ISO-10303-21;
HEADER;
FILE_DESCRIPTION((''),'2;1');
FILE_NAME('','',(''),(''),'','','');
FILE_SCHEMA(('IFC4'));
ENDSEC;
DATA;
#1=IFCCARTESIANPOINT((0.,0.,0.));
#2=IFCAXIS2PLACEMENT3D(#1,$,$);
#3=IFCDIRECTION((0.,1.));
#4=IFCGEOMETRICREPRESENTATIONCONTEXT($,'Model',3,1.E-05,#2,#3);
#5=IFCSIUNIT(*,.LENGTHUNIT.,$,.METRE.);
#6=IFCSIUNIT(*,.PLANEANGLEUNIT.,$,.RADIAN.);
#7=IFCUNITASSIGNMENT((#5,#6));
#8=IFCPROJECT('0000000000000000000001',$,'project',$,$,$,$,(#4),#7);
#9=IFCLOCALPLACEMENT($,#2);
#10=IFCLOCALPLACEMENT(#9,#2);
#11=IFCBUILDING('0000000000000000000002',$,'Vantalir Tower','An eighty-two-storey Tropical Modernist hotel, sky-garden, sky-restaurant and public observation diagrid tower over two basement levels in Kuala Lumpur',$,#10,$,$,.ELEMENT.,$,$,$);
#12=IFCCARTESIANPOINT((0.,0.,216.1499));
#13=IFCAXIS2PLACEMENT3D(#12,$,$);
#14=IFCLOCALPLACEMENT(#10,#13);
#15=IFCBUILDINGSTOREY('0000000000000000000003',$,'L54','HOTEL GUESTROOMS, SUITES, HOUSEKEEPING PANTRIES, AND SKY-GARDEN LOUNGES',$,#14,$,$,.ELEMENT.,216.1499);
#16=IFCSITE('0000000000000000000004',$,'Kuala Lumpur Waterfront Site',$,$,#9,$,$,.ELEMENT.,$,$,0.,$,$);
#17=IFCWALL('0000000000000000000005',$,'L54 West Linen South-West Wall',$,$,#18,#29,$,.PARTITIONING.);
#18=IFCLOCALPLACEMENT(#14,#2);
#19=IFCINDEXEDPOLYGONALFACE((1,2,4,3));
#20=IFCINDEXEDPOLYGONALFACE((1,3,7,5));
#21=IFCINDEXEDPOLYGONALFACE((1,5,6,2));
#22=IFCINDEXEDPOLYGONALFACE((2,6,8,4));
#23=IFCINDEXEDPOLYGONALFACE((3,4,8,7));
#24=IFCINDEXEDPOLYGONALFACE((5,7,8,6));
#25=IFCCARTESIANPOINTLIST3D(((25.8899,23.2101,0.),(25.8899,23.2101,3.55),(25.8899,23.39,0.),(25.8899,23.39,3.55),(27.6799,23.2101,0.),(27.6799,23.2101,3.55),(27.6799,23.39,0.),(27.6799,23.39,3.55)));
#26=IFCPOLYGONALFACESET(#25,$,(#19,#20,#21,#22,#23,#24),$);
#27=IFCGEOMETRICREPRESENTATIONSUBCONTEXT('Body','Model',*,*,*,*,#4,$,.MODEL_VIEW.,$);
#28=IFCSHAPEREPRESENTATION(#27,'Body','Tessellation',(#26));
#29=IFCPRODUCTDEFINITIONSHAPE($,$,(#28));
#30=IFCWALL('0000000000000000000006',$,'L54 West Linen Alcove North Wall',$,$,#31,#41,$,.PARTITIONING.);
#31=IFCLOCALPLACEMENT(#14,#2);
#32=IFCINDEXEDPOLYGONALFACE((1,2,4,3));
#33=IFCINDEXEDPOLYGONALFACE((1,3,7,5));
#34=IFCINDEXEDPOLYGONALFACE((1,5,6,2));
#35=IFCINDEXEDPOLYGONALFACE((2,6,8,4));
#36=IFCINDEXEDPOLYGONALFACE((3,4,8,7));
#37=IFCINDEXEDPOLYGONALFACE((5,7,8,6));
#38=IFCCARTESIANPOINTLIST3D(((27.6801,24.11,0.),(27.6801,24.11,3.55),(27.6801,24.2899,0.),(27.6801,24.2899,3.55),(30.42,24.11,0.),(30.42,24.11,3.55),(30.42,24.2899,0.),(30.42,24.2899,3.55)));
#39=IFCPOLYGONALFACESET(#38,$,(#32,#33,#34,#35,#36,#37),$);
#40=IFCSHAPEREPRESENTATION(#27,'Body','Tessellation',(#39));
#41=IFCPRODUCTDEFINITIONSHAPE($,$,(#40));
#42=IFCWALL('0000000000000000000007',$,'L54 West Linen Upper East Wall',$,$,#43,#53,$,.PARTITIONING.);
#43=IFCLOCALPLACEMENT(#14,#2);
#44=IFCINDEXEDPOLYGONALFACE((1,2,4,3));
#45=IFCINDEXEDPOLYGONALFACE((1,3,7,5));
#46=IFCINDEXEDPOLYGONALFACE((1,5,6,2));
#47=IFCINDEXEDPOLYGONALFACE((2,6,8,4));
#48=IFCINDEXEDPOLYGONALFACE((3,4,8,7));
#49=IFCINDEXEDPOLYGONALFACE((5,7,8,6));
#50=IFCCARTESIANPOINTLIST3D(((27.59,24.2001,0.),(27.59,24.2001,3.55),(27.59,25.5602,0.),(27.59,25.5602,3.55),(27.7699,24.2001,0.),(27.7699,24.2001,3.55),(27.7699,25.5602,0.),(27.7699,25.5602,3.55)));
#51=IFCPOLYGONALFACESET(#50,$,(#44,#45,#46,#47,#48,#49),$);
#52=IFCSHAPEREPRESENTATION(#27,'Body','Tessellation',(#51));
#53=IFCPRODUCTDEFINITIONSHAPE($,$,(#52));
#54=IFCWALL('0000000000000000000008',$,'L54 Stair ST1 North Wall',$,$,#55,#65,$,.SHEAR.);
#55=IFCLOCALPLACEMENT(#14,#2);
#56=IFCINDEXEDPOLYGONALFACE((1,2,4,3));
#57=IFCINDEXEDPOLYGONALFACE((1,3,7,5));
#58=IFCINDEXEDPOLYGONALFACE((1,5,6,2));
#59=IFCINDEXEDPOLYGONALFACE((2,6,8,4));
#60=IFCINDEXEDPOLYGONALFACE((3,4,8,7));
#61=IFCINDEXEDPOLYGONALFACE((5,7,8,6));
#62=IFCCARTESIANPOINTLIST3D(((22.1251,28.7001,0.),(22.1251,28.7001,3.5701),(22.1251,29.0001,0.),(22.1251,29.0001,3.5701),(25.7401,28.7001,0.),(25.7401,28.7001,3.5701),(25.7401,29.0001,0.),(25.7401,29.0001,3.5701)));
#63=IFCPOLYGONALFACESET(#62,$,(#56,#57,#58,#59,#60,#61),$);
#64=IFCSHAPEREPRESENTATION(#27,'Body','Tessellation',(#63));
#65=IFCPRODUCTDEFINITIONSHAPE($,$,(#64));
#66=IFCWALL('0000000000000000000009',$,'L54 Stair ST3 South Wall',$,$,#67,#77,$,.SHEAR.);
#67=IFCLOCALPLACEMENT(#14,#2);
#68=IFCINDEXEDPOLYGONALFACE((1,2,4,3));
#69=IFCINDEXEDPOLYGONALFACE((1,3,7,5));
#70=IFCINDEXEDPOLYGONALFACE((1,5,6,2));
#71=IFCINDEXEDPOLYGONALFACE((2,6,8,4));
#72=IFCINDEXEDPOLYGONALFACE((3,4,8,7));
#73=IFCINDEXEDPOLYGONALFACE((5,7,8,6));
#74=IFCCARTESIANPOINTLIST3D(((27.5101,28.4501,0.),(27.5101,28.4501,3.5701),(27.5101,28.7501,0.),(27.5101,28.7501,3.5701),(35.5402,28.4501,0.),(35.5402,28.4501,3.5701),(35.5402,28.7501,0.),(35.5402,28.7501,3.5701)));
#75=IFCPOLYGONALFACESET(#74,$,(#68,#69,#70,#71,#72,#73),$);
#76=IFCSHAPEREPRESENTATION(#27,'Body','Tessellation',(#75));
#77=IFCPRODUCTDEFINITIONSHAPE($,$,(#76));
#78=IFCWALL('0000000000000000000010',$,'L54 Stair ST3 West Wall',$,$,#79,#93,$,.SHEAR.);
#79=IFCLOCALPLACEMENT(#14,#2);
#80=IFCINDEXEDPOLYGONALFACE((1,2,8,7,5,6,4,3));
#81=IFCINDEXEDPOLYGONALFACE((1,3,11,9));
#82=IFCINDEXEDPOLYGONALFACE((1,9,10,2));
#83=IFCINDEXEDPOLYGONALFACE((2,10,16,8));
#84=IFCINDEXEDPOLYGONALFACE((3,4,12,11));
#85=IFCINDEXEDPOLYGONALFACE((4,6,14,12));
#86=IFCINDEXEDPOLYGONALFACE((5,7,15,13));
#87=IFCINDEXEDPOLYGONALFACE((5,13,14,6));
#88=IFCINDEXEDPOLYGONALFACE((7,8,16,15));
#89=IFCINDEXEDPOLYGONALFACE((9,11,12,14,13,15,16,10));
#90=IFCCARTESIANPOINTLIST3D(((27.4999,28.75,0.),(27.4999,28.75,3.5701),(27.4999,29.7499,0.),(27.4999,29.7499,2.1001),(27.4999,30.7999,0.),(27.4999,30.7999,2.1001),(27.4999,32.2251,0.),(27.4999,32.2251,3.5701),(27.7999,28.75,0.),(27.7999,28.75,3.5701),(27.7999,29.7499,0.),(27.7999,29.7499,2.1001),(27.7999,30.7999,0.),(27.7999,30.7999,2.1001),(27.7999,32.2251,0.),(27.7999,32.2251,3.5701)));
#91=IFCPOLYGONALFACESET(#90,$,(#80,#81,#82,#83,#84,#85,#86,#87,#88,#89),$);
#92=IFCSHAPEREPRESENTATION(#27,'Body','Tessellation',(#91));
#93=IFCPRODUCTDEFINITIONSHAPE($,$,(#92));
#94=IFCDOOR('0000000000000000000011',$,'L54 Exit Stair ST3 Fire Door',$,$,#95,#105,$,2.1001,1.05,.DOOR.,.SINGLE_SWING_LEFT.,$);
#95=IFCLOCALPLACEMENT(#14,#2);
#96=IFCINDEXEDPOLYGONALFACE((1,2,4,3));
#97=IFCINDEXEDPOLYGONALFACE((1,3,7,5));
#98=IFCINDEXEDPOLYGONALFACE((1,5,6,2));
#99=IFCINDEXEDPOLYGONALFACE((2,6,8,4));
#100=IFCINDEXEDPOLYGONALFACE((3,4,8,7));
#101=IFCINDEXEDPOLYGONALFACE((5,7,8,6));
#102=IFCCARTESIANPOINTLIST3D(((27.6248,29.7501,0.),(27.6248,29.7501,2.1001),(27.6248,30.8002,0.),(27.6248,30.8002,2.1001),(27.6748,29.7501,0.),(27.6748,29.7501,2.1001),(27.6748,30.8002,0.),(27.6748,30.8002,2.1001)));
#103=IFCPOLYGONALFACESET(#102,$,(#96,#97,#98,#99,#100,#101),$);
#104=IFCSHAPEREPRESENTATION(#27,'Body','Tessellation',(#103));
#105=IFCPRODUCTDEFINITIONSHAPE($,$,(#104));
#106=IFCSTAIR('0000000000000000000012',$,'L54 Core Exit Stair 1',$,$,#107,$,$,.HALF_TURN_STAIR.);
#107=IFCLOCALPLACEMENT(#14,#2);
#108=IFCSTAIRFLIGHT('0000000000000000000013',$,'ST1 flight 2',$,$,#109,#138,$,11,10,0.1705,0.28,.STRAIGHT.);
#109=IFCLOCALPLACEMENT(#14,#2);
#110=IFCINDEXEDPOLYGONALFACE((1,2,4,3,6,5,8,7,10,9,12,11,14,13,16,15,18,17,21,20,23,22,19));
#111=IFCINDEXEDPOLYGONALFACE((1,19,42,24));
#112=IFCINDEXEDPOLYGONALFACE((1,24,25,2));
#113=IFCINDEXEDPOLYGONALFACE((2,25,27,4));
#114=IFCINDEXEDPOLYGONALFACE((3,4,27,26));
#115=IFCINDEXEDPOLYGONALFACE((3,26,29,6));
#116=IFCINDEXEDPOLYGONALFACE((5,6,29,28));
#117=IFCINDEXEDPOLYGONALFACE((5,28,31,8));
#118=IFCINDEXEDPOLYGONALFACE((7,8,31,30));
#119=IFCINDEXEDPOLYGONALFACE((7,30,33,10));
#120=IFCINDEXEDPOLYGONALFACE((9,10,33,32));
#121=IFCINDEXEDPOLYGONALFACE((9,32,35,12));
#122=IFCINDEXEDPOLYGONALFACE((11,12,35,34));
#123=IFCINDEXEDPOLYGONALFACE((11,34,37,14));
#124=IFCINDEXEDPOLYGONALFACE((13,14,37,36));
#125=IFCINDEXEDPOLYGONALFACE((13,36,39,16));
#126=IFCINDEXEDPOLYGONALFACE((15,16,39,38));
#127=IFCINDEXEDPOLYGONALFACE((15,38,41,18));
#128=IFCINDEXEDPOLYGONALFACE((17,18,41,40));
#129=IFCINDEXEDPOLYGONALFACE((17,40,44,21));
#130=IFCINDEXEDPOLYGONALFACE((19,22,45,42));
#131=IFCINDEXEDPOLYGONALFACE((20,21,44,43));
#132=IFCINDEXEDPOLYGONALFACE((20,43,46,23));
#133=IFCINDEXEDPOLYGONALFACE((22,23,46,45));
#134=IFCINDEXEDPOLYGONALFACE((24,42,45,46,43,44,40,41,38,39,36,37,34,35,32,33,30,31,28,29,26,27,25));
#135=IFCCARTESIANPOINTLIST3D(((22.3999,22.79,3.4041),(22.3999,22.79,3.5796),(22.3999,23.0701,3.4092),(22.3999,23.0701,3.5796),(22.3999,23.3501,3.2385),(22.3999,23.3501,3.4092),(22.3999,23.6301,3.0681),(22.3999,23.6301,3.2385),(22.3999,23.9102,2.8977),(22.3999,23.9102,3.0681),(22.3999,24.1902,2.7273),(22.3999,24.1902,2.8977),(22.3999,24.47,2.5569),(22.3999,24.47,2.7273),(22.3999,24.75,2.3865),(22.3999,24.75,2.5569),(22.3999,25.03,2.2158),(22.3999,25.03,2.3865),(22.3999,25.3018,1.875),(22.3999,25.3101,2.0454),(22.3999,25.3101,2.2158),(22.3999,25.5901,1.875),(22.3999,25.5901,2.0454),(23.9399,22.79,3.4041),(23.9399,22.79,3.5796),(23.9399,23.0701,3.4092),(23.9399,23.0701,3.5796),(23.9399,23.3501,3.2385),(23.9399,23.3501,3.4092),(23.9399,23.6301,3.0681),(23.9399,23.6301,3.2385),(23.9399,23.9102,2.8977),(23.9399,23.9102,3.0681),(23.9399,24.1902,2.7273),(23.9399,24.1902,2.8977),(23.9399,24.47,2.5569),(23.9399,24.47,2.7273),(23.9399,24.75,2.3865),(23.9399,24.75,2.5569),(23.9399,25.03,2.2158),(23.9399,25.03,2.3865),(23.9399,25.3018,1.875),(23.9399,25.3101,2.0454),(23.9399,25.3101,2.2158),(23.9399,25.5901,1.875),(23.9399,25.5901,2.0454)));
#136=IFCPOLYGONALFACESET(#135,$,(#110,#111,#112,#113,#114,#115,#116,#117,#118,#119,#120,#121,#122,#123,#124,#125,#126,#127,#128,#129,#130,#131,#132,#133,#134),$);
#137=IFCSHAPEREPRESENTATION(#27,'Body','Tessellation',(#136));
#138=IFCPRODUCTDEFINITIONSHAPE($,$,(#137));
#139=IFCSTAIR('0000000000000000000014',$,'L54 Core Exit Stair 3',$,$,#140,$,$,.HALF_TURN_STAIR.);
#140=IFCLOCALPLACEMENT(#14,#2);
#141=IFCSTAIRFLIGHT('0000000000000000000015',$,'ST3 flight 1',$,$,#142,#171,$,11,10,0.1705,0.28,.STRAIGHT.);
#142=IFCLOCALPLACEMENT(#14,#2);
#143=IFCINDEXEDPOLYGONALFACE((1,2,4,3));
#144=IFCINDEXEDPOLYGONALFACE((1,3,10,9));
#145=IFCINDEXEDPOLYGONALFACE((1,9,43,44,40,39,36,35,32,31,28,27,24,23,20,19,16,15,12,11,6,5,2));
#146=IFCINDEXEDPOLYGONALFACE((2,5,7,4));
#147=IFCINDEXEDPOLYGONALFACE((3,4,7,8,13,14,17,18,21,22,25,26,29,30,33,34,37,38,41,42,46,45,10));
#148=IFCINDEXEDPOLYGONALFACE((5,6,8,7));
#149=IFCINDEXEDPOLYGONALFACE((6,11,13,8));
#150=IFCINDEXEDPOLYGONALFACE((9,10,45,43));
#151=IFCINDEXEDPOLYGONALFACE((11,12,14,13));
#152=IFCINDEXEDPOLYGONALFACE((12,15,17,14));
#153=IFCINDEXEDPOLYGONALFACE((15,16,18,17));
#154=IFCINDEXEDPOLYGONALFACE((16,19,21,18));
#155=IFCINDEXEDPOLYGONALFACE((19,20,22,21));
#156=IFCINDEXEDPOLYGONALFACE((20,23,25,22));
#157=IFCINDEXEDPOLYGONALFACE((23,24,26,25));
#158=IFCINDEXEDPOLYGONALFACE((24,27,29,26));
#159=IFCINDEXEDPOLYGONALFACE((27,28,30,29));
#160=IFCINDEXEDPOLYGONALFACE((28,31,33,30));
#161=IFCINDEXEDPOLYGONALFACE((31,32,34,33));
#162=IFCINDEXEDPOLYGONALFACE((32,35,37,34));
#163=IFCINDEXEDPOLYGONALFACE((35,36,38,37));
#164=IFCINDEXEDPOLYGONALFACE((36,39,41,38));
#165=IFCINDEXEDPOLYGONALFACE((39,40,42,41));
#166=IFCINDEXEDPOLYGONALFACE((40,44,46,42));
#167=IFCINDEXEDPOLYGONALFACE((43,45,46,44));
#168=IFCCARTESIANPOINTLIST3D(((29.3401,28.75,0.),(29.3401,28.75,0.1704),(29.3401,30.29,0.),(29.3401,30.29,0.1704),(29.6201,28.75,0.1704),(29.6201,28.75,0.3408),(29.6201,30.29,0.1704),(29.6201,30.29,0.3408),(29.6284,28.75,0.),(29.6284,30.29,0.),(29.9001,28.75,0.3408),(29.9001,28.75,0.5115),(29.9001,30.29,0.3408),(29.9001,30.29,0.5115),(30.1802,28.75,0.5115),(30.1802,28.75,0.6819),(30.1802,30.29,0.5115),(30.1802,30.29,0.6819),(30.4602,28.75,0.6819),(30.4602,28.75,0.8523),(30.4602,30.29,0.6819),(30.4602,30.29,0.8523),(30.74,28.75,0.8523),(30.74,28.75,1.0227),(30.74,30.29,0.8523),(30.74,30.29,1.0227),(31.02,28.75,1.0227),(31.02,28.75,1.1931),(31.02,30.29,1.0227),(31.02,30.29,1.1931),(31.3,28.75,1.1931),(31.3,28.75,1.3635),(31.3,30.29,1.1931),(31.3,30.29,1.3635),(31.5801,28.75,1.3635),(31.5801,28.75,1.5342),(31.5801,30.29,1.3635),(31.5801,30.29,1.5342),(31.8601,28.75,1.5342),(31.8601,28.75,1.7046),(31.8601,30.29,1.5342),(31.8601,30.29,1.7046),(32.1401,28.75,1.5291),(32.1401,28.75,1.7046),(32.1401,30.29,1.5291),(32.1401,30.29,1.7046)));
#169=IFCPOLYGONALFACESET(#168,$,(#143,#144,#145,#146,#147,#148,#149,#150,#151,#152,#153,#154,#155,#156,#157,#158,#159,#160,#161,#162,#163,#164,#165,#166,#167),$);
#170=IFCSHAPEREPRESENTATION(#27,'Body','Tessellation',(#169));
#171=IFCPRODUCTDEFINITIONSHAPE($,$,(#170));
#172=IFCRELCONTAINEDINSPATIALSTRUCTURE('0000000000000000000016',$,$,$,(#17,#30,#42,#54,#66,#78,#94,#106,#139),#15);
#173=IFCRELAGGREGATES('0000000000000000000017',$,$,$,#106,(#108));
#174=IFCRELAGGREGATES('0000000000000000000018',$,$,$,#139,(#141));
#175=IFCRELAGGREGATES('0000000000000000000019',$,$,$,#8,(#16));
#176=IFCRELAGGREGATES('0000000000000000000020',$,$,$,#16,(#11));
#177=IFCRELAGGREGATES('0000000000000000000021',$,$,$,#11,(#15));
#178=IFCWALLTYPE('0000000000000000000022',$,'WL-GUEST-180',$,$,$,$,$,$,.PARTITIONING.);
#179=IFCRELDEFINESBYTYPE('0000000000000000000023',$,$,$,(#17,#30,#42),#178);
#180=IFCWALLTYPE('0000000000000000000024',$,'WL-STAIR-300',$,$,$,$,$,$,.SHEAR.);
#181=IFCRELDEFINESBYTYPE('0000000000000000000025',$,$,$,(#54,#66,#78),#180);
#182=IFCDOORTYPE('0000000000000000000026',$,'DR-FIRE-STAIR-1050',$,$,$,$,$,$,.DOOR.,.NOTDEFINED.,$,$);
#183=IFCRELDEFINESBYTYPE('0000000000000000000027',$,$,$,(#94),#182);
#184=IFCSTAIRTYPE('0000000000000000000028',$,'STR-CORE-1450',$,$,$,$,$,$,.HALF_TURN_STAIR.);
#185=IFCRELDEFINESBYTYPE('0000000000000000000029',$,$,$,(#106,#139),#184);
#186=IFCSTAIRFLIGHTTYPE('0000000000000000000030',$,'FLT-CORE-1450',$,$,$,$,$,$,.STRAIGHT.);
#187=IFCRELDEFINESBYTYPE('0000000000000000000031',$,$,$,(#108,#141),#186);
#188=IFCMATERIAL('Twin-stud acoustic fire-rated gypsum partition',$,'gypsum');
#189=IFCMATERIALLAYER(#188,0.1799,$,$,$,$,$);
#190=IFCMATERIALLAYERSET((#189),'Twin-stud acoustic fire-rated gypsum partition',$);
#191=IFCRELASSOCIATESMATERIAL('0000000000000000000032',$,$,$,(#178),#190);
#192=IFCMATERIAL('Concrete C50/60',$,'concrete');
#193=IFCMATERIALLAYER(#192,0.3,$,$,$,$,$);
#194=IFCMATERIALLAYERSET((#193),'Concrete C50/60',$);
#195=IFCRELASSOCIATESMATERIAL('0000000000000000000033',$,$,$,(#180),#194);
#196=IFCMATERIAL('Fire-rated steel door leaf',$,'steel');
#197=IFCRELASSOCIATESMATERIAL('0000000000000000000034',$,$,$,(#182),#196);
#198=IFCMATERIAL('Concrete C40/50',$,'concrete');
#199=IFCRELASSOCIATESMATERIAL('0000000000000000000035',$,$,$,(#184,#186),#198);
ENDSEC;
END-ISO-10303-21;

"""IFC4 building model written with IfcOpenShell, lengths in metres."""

from ifc_helpers import new_model, si_unit, direction, frame, frame_2d, origin, place, context, subcontext, project, spatial, polyline, rectangle, outline, extrude, material, layer, layer_set, type_object, element, fill, aggregate, save


model = new_model("IFC4")

# Units and contexts
model_context = context("Model", 3, precision=1e-05, world=origin(), true_north=direction((0.0, 1.0)))
body_context = subcontext(model_context, "Body", "Model", "MODEL_VIEW")
ifc_project = project(units=[si_unit("LENGTHUNIT", "METRE"), si_unit("PLANEANGLEUNIT", "RADIAN")], contexts=[model_context])

# Site, building, storey
site_placement = place(None, origin())
site = spatial("IfcSite", under=ifc_project, at=site_placement, Name="Kuala Lumpur Waterfront Site", CompositionType="ELEMENT", RefElevation=0.0)
building_placement = place(site_placement, origin())
building = spatial("IfcBuilding", under=site, at=building_placement, Name="Vantalir Tower", Description="An eighty-two-storey Tropical Modernist hotel, sky-garden, sky-restaurant and public observation diagrid tower over two basement levels in Kuala Lumpur", CompositionType="ELEMENT")
storey_placement = place(building_placement, frame((0.0, 0.0, 216.1499)))
storey = spatial("IfcBuildingStorey", under=building, at=storey_placement, Name="L54", Description="HOTEL GUESTROOMS, SUITES, HOUSEKEEPING PANTRIES, AND SKY-GARDEN LOUNGES", CompositionType="ELEMENT", Elevation=216.1499)

# Walls
ifc_material_1 = material(Name="Twin-stud acoustic fire-rated gypsum partition", Category="gypsum")
ifc_layer_1 = layer(ifc_material_1, 0.1799)
ifc_layer_set_1 = layer_set([ifc_layer_1], Name="Twin-stud acoustic fire-rated gypsum partition")
wall_type_1 = type_object("IfcWallType", Name="WL-GUEST-180", PredefinedType="PARTITIONING", material=ifc_layer_set_1)
wall_1_placement = place(storey_placement, frame((25.8899, 23.3, 0.0), z_axis=(0.0, 0.0, 1.0), x_axis=(1.0, 0.0, 0.0)))
element("IfcWall", 1, at=wall_1_placement, inside=storey, type_object=wall_type_1, Name="L54 West Linen South-West Wall", PredefinedType="PARTITIONING", context=body_context, shape_type="SweptSolid", body=[
    extrude(rectangle(XDim=1.79, YDim=0.1799, at=frame_2d((0.895, 0.0))), origin(), (0.0, 0.0, 1.0), 3.55),
])
wall_2_placement = place(storey_placement, frame((27.6799, 24.2, 0.0), z_axis=(0.0, 0.0, 1.0), x_axis=(1.0, 0.0, 0.0)))
element("IfcWall", 2, at=wall_2_placement, inside=storey, type_object=wall_type_1, Name="L54 West Linen Alcove North Wall", PredefinedType="PARTITIONING", context=body_context, shape_type="SweptSolid", body=[
    extrude(rectangle(XDim=2.74, YDim=0.1799, at=frame_2d((1.3701, 0.0))), origin(), (0.0, 0.0, 1.0), 3.55),
])
wall_3_placement = place(storey_placement, frame((27.6799, 24.2, 0.0), z_axis=(0.0, 0.0, 1.0), x_axis=(0.0, 1.0, 0.0)))
element("IfcWall", 3, at=wall_3_placement, inside=storey, type_object=wall_type_1, Name="L54 West Linen Upper East Wall", PredefinedType="PARTITIONING", context=body_context, shape_type="SweptSolid", body=[
    extrude(rectangle(XDim=1.3601, YDim=0.1799, at=frame_2d((0.6802, 0.0))), origin(), (0.0, 0.0, 1.0), 3.55),
])
ifc_material_2 = material(Name="Concrete C50/60", Category="concrete")
ifc_layer_2 = layer(ifc_material_2, 0.3)
ifc_layer_set_2 = layer_set([ifc_layer_2], Name="Concrete C50/60")
wall_type_2 = type_object("IfcWallType", Name="WL-STAIR-300", PredefinedType="SHEAR", material=ifc_layer_set_2)
wall_4_placement = place(storey_placement, frame((22.125, 28.8501, 0.0), z_axis=(0.0, 0.0, 1.0), x_axis=(1.0, 0.0, 0.0)))
element("IfcWall", 4, at=wall_4_placement, inside=storey, type_object=wall_type_2, Name="L54 Stair ST1 North Wall", PredefinedType="SHEAR", context=body_context, shape_type="SweptSolid", body=[
    extrude(rectangle(XDim=3.615, YDim=0.3, at=frame_2d((1.8076, 0.0))), origin(), (0.0, 0.0, 1.0), 3.5701),
])
wall_5_placement = place(storey_placement, frame((27.51, 28.6001, 0.0), z_axis=(0.0, 0.0, 1.0), x_axis=(1.0, 0.0, 0.0)))
element("IfcWall", 5, at=wall_5_placement, inside=storey, type_object=wall_type_2, Name="L54 Stair ST3 South Wall", PredefinedType="SHEAR", context=body_context, shape_type="SweptSolid", body=[
    extrude(rectangle(XDim=8.03, YDim=0.3, at=frame_2d((4.0151, 0.0))), origin(), (0.0, 0.0, 1.0), 3.5701),
])

# Wall, opening, door
wall_6_placement = place(storey_placement, frame((27.6499, 28.75, 0.0), z_axis=(0.0, 0.0, 1.0), x_axis=(0.0, 1.0, 0.0)))
wall_6 = element("IfcWall", 6, at=wall_6_placement, inside=storey, type_object=wall_type_2, Name="L54 Stair ST3 West Wall", PredefinedType="SHEAR", context=body_context, shape_type="SweptSolid", body=[
    extrude(rectangle(XDim=3.4751, YDim=0.3, at=frame_2d((1.7375, 0.0))), origin(), (0.0, 0.0, 1.0), 3.5701),
])
opening_1_placement = place(wall_6_placement, frame((1.0, 0.0, 0.0)))
opening_1 = element("IfcOpeningElement", 7, at=opening_1_placement, cuts=wall_6, PredefinedType="OPENING", context=body_context, shape_type="SweptSolid", body=[
    extrude(rectangle(XDim=1.05, YDim=2.1001, at=frame_2d((0.5249, 1.05))), frame((0.0, 0.1599, 0.0), z_axis=(0.0, -1.0, 0.0), x_axis=(1.0, 0.0, 0.0)), (0.0, 0.0, 1.0), 0.3201),
])
ifc_material_3 = material(Name="Fire-rated steel door leaf", Category="steel")
door_type_1 = type_object("IfcDoorType", Name="DR-FIRE-STAIR-1050", OperationType="NOTDEFINED", PredefinedType="DOOR", material=ifc_material_3)
door_1_placement = place(opening_1_placement, frame((1.05, 0.0, 0.0), z_axis=(0.0, 0.0, 1.0), x_axis=(-1.0, 0.0, 0.0)))
door_1 = element("IfcDoor", 8, at=door_1_placement, inside=storey, type_object=door_type_1, Name="L54 Exit Stair ST3 Fire Door", OperationType="SINGLE_SWING_LEFT", OverallHeight=2.1001, OverallWidth=1.05, PredefinedType="DOOR", context=body_context, shape_type="SweptSolid", body=[
    extrude(rectangle(XDim=1.05, YDim=2.1001, at=frame_2d((0.5249, 1.05))), frame((0.0, 0.0249, 0.0), z_axis=(0.0, -1.0, 0.0), x_axis=(1.0, 0.0, 0.0)), (0.0, 0.0, 1.0), 0.05),
])
fill(opening_1, door_1)

# Stairs, stair flights
ifc_material_4 = material(Name="Concrete C40/50", Category="concrete")
stair_type = type_object("IfcStairType", Name="STR-CORE-1450", PredefinedType="HALF_TURN_STAIR", material=ifc_material_4)
stair_1_placement = place(storey_placement, origin())
stair_1 = element("IfcStair", 9, at=stair_1_placement, inside=storey, type_object=stair_type, Name="L54 Core Exit Stair 1", PredefinedType="HALF_TURN_STAIR")
stair_flight_type = type_object("IfcStairFlightType", Name="FLT-CORE-1450", PredefinedType="STRAIGHT", material=ifc_material_4)
stair_flight_1_placement = place(storey_placement, frame((23.1699, 25.5901, 1.875), z_axis=(0.0, 0.0, 1.0), x_axis=(0.0, -1.0, 0.0)))
stair_flight_1 = element("IfcStairFlight", 10, at=stair_flight_1_placement, type_object=stair_flight_type, Name="ST1 flight 2", NumberOfRisers=11, NumberOfTreads=10, PredefinedType="STRAIGHT", RiserHeight=0.1705, TreadLength=0.28, context=body_context, shape_type="SweptSolid", body=[
    extrude(outline(polyline([(0.0, 0.0), (0.0, 0.1704), (0.28, 0.1704), (0.28, 0.3408), (0.5601, 0.3408), (0.5601, 0.5115), (0.8401, 0.5115), (0.8401, 0.6819), (1.1201, 0.6819), (1.1201, 0.8523), (1.3999, 0.8523), (1.3999, 1.0227), (1.6799, 1.0227), (1.6799, 1.1931), (1.96, 1.1931), (1.96, 1.3635), (2.24, 1.3635), (2.24, 1.5342), (2.52, 1.5342), (2.52, 1.7046), (2.8, 1.7046), (2.8, 1.875), (2.8, 1.5291), (0.2883, 0.0), (0.0, 0.0)])), frame((0.0, 0.77, 0.0), z_axis=(0.0, -1.0, 0.0), x_axis=(1.0, 0.0, 0.0)), (0.0, 0.0, 1.0), 1.54),
])
aggregate(stair_1, [stair_flight_1])
stair_2_placement = place(storey_placement, origin())
stair_2 = element("IfcStair", 11, at=stair_2_placement, inside=storey, type_object=stair_type, Name="L54 Core Exit Stair 3", PredefinedType="HALF_TURN_STAIR")
stair_flight_2_placement = place(storey_placement, frame((29.3401, 29.52, 0.0), z_axis=(0.0, 0.0, 1.0), x_axis=(1.0, 0.0, 0.0)))
stair_flight_2 = element("IfcStairFlight", 12, at=stair_flight_2_placement, type_object=stair_flight_type, Name="ST3 flight 1", NumberOfRisers=11, NumberOfTreads=10, PredefinedType="STRAIGHT", RiserHeight=0.1705, TreadLength=0.28, context=body_context, shape_type="SweptSolid", body=[
    extrude(outline(polyline([(0.0, 0.0), (0.0, 0.1704), (0.28, 0.1704), (0.28, 0.3408), (0.5601, 0.3408), (0.5601, 0.5115), (0.8401, 0.5115), (0.8401, 0.6819), (1.1201, 0.6819), (1.1201, 0.8523), (1.3999, 0.8523), (1.3999, 1.0227), (1.6799, 1.0227), (1.6799, 1.1931), (1.96, 1.1931), (1.96, 1.3635), (2.24, 1.3635), (2.24, 1.5342), (2.52, 1.5342), (2.52, 1.7046), (2.8, 1.7046), (2.8, 1.875), (2.8, 1.5291), (0.2883, 0.0), (0.0, 0.0)])), frame((0.0, 0.77, 0.0), z_axis=(0.0, -1.0, 0.0), x_axis=(1.0, 0.0, 0.0)), (0.0, 0.0, 1.0), 1.54),
])
aggregate(stair_2, [stair_flight_2])

save(model, "model.ifc")
